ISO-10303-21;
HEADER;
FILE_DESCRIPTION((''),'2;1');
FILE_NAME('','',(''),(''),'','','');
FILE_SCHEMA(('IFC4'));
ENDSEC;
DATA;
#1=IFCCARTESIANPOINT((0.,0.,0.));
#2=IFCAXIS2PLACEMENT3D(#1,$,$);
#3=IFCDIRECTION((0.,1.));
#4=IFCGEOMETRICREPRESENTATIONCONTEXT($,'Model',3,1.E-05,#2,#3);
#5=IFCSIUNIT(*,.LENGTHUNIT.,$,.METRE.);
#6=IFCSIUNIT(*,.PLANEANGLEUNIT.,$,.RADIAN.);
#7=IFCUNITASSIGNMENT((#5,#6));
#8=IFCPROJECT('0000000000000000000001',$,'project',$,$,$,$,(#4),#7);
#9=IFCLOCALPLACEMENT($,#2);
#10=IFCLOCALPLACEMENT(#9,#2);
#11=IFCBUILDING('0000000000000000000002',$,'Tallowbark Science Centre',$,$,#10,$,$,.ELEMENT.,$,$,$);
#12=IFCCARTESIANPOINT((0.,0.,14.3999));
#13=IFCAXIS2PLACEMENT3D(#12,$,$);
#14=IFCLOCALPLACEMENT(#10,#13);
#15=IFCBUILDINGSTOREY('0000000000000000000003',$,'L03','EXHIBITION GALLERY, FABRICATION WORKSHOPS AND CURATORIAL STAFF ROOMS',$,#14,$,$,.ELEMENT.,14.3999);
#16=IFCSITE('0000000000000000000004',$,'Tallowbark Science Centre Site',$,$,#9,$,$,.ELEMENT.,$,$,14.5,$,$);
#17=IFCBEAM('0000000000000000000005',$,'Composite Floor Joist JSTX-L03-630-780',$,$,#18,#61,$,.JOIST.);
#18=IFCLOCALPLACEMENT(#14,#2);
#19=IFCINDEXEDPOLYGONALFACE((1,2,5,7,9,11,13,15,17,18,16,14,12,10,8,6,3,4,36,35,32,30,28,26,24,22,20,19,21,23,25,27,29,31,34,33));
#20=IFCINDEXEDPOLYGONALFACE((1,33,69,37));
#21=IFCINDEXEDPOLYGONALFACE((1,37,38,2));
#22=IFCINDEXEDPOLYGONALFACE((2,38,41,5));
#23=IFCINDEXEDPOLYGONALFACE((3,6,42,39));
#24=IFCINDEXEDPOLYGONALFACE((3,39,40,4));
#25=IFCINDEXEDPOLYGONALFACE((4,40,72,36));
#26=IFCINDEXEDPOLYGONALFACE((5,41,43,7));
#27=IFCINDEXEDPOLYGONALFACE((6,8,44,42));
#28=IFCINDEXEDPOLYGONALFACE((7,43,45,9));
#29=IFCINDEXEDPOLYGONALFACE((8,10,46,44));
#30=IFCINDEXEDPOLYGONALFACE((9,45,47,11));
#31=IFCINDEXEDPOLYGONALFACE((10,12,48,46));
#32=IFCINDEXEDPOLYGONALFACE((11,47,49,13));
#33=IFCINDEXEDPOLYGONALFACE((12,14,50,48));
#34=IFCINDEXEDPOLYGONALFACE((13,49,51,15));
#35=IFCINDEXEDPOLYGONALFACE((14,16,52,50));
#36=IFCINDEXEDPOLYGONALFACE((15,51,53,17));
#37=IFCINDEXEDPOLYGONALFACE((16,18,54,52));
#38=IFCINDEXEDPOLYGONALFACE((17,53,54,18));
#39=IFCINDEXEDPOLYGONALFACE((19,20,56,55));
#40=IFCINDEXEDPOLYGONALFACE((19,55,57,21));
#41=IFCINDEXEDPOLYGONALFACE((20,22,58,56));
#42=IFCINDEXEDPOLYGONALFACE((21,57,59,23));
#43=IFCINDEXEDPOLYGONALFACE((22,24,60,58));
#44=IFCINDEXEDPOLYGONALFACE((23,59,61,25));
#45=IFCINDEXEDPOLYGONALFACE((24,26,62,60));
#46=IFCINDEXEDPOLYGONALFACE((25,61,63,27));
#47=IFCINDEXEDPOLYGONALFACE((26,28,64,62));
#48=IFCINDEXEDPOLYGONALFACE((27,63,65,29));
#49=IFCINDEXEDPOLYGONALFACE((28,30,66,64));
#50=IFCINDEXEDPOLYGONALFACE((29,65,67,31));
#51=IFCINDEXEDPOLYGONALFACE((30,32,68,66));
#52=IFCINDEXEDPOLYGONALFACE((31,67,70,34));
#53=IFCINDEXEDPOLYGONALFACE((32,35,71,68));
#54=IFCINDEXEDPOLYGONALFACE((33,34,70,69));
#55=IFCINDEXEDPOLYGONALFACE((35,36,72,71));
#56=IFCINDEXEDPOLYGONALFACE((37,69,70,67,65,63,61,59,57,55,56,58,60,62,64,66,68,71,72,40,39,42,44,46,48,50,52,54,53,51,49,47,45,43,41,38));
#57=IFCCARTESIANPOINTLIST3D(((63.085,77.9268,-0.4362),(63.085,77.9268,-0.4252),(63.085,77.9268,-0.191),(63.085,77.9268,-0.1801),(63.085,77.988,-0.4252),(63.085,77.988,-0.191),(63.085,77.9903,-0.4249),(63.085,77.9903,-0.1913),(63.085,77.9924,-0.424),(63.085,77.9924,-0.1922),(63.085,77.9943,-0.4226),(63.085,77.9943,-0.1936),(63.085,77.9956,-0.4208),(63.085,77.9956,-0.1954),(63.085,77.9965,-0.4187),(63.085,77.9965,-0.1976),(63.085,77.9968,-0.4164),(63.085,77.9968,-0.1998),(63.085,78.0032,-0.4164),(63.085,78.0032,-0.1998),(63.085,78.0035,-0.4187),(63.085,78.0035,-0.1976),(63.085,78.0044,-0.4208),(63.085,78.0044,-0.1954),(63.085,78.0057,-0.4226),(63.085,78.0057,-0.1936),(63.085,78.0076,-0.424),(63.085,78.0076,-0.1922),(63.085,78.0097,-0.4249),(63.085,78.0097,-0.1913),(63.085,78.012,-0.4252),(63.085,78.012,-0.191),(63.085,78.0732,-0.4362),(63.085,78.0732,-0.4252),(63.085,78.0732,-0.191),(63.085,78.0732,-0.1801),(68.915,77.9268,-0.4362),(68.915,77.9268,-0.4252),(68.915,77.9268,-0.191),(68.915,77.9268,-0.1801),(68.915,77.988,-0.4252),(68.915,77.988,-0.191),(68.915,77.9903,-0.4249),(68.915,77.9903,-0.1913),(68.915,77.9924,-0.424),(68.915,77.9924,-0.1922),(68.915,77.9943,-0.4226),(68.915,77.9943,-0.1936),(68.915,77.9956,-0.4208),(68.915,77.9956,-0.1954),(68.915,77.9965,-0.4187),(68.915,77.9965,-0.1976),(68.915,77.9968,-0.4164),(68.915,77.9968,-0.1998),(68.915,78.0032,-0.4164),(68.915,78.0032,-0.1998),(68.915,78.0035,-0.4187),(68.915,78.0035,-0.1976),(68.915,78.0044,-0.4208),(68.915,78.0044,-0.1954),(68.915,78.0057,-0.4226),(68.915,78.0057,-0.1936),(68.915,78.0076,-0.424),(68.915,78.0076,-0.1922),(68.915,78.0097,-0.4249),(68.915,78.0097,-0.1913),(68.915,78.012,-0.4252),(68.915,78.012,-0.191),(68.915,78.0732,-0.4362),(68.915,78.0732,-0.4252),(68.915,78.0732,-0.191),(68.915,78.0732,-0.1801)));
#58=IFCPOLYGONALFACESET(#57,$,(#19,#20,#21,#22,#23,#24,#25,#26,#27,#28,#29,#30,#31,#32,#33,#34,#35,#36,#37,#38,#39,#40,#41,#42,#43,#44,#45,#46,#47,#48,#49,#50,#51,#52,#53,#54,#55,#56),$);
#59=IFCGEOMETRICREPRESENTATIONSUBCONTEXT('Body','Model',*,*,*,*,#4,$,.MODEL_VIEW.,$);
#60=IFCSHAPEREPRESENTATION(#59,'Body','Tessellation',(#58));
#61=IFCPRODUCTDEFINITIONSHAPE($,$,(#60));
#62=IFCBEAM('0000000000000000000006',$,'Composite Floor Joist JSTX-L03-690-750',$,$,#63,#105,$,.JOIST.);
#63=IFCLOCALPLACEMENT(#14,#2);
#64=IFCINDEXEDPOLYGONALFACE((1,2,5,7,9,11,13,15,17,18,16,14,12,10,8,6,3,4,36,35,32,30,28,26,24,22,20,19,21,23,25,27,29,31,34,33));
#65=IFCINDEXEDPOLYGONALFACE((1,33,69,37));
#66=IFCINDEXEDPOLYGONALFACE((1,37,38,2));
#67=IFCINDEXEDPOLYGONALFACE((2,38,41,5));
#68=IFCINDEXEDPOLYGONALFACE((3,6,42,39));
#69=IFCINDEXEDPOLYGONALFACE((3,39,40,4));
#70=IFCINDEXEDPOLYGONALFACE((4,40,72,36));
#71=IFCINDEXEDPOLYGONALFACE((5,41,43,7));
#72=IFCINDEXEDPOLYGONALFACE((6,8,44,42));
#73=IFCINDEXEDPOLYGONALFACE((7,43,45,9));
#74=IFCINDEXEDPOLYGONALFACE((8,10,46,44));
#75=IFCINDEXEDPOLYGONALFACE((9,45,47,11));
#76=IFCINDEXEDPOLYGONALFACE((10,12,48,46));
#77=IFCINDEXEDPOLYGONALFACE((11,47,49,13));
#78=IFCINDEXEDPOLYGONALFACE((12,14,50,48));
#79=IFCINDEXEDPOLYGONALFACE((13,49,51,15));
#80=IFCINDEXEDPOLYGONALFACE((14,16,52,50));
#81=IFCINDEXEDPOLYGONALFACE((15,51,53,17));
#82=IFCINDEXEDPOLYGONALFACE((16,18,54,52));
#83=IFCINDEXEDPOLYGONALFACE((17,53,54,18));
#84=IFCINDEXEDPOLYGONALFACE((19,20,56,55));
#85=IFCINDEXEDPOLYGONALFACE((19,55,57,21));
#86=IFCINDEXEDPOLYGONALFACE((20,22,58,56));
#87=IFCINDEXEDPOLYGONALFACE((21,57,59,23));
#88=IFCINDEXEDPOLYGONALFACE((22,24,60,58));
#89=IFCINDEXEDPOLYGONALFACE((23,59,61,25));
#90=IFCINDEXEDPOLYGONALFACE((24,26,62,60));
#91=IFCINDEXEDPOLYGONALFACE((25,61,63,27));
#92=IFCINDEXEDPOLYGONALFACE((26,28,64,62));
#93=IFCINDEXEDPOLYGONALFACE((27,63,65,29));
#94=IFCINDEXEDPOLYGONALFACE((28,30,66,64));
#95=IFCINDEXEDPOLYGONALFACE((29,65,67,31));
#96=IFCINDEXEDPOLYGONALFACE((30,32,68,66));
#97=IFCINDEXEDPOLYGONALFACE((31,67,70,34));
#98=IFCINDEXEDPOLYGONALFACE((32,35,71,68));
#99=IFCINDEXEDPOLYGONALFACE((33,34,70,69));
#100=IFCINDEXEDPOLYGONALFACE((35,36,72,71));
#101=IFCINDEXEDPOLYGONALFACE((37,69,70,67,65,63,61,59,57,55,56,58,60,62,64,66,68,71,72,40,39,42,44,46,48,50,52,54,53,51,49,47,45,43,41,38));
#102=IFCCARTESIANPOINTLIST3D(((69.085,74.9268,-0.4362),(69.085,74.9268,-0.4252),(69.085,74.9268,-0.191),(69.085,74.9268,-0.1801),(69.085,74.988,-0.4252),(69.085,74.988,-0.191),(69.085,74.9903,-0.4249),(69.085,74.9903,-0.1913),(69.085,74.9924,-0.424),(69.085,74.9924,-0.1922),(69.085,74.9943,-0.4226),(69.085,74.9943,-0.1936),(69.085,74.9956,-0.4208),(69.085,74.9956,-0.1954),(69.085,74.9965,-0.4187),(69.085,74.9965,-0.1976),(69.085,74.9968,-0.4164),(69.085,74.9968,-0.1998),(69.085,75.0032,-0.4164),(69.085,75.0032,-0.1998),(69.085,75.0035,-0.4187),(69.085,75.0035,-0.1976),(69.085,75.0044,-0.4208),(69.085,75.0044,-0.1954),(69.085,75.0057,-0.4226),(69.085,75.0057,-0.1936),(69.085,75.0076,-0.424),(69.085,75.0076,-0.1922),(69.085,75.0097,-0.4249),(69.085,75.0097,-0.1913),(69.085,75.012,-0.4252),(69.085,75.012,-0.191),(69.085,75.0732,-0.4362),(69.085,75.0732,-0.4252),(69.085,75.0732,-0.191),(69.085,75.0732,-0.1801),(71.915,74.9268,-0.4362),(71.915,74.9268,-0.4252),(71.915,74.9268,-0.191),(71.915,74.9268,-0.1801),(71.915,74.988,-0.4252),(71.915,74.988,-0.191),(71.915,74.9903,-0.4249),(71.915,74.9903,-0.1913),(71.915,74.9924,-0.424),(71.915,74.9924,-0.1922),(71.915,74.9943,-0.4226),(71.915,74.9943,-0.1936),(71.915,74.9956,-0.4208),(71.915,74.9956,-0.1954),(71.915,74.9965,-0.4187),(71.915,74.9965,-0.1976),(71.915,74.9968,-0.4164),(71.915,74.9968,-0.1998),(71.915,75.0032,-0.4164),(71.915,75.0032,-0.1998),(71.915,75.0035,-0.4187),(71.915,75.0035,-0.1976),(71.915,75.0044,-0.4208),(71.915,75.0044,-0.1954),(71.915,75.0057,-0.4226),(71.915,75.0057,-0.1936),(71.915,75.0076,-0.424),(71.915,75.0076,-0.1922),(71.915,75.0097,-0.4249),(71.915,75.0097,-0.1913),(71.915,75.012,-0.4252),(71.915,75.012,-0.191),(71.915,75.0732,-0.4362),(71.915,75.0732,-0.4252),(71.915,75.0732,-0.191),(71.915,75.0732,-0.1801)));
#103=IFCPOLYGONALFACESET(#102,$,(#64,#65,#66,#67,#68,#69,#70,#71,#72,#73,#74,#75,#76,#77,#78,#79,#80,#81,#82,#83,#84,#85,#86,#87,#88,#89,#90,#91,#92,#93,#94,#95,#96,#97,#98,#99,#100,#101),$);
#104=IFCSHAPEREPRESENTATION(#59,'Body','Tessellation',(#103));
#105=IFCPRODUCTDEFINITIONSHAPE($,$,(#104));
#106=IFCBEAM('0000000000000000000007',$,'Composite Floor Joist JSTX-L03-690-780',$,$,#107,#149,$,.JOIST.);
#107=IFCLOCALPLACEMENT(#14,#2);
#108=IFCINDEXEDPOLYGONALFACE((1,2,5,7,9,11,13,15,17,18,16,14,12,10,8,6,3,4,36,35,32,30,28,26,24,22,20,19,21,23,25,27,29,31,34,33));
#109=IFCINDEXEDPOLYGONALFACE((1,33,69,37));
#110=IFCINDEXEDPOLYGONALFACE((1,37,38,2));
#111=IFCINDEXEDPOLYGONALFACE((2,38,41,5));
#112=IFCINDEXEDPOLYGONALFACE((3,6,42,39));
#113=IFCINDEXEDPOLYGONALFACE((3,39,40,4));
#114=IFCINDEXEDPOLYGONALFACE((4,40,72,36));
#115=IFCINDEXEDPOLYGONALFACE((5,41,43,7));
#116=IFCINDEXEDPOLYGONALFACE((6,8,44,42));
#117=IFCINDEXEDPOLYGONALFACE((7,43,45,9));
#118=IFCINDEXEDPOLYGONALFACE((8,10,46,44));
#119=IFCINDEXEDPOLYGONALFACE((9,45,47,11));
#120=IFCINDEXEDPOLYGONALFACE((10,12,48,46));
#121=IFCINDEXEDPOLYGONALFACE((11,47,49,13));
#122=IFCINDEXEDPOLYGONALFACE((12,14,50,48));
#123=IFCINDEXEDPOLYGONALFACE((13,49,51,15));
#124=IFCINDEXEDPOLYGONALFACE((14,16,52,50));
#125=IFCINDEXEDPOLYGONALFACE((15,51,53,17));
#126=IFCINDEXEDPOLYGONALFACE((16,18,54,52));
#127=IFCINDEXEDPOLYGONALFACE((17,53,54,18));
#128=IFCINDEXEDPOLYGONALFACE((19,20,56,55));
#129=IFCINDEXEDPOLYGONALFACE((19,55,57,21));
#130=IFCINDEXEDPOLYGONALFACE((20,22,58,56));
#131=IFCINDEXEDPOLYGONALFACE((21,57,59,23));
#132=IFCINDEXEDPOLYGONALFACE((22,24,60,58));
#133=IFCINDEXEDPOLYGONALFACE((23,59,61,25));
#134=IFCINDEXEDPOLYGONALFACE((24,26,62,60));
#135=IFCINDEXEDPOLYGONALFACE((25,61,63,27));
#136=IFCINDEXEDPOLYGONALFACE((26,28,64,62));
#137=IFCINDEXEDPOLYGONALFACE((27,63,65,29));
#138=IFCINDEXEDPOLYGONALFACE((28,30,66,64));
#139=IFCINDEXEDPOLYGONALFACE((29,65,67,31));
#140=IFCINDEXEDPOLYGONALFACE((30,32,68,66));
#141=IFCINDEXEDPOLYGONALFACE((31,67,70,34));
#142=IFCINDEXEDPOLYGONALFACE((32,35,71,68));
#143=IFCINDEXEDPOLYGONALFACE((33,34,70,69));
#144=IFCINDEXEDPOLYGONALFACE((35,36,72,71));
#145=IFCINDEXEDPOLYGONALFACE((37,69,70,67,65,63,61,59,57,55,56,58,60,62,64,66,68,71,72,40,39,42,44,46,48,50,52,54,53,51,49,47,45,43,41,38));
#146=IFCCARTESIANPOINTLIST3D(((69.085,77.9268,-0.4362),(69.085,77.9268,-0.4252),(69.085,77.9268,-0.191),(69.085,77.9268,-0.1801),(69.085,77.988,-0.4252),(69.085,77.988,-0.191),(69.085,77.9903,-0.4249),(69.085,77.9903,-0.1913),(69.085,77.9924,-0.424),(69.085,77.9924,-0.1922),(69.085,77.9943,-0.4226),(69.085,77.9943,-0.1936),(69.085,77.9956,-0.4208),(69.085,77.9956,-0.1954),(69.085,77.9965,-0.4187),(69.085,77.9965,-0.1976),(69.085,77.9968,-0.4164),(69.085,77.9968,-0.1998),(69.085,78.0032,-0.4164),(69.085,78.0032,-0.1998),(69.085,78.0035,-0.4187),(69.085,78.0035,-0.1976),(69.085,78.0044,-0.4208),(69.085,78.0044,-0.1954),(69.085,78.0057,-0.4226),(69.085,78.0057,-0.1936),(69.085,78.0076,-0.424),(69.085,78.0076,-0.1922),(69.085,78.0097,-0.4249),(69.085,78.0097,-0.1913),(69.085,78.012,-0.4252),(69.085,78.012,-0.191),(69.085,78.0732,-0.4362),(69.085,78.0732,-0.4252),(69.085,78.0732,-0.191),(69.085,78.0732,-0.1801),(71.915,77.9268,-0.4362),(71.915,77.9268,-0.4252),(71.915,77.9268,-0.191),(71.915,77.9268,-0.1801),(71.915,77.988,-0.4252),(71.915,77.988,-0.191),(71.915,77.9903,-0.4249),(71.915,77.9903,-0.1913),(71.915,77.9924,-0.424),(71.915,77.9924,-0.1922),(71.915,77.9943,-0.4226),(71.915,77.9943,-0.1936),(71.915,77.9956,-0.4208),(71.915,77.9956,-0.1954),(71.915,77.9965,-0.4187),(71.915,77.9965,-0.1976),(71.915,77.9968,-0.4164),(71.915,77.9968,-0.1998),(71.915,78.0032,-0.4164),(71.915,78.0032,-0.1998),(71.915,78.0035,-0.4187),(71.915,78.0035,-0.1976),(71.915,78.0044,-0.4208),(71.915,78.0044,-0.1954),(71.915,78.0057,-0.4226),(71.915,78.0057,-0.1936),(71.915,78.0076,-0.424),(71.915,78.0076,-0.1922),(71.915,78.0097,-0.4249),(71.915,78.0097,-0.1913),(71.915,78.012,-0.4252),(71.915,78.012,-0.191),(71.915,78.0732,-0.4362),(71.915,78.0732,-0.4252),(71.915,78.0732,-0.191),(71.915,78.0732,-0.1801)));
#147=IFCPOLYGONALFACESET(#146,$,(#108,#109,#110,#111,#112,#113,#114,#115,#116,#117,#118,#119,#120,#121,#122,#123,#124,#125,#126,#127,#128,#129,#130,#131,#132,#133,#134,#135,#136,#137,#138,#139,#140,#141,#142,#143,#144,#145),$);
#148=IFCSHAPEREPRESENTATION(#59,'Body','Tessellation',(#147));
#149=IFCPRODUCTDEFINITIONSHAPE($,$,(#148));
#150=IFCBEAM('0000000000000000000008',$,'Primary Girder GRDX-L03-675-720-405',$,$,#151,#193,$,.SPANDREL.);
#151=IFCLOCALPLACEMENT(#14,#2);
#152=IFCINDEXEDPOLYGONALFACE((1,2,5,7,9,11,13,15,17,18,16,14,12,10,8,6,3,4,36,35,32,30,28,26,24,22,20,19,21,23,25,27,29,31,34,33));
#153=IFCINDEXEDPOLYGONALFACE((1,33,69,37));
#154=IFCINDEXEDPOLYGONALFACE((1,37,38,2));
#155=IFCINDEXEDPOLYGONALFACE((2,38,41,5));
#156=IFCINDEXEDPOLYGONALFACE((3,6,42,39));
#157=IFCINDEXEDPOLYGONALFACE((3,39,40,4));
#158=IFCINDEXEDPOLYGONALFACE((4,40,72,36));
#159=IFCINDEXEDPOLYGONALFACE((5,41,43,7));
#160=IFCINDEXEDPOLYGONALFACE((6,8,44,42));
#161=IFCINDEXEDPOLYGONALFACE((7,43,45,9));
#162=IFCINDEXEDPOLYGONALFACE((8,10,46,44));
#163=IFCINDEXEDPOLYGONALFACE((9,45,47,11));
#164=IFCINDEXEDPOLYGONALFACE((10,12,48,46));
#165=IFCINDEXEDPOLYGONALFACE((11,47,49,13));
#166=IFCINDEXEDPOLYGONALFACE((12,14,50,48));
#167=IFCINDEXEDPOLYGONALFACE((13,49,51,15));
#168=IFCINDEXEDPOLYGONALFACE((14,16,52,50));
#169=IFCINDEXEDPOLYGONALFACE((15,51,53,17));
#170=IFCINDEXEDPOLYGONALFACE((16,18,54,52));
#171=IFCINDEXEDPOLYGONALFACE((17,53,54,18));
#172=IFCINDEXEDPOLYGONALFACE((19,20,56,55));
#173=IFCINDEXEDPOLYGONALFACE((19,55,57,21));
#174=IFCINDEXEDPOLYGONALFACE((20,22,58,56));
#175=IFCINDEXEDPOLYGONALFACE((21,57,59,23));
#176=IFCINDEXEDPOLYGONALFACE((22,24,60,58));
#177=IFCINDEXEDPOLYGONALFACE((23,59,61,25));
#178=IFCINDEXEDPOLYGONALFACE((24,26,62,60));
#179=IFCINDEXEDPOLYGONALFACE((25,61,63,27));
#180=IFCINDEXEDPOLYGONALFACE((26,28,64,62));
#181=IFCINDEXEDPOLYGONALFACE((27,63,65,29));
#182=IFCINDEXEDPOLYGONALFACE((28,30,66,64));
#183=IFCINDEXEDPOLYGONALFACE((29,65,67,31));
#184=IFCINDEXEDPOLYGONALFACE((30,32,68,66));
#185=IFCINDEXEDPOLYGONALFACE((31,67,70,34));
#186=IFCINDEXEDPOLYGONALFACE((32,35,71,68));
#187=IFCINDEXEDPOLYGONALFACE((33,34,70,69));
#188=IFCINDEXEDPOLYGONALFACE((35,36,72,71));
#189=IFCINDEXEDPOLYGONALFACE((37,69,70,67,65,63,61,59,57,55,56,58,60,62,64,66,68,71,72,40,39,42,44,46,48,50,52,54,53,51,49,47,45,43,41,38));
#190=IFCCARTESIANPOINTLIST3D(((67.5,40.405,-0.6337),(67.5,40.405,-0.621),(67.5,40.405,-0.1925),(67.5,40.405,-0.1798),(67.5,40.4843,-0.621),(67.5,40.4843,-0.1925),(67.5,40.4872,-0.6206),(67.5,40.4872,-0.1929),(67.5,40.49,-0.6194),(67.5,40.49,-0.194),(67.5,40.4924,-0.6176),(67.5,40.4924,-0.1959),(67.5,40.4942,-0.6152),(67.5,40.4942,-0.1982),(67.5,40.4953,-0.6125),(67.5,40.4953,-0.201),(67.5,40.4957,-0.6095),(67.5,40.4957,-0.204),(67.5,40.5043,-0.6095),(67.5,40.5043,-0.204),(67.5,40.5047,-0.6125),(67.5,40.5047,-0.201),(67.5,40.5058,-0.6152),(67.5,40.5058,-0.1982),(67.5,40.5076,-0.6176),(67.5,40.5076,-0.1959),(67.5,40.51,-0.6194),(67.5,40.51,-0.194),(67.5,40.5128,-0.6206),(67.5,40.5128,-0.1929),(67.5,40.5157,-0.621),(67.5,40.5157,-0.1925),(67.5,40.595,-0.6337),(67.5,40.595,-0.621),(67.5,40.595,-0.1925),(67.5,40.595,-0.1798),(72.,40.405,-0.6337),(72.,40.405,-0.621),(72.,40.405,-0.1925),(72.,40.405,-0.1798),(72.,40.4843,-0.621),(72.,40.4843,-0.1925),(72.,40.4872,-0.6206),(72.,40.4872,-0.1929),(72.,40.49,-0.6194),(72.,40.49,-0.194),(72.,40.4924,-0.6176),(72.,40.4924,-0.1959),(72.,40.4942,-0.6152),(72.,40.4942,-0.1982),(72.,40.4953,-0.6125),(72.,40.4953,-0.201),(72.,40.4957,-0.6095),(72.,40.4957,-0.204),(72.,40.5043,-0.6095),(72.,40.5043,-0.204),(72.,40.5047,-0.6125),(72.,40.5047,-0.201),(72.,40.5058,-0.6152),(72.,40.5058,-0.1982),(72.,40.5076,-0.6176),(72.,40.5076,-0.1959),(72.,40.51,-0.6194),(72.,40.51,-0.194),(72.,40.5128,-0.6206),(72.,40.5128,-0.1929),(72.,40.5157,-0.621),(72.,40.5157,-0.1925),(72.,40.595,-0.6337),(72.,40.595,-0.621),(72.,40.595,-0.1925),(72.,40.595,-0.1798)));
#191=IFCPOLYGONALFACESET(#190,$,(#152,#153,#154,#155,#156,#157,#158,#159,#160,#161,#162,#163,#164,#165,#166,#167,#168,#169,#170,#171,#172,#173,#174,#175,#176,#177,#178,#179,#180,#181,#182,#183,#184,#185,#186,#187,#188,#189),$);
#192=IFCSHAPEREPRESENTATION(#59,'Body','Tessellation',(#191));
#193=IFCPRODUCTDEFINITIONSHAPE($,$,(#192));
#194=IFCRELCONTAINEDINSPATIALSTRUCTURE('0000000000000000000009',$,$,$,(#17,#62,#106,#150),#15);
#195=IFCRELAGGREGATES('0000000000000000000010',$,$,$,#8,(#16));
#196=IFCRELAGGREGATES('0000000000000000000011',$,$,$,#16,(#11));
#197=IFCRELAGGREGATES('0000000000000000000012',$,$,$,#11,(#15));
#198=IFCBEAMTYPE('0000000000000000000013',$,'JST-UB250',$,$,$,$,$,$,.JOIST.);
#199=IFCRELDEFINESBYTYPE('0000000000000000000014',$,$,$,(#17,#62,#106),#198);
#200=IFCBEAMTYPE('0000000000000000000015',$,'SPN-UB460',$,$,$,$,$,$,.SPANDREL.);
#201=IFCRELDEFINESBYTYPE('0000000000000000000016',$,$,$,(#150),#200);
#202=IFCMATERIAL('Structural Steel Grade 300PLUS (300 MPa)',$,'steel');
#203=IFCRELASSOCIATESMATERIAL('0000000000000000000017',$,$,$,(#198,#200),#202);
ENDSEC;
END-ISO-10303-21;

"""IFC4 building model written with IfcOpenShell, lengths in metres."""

from ifc_helpers import new_model, si_unit, direction, frame, origin, origin_2d, place, context, subcontext, project, spatial, i_section, extrude, material, material_profile, profile_set, type_object, element, save


model = new_model("IFC4")

# Units and contexts
model_context = context("Model", 3, precision=1e-05, world=origin(), true_north=direction((0.0, 1.0)))
body_context = subcontext(model_context, "Body", "Model", "MODEL_VIEW")
ifc_project = project(units=[si_unit("LENGTHUNIT", "METRE"), si_unit("PLANEANGLEUNIT", "RADIAN")], contexts=[model_context])

# Site, building, storey
site_placement = place(None, origin())
site = spatial("IfcSite", under=ifc_project, at=site_placement, Name="Tallowbark Science Centre Site", CompositionType="ELEMENT", RefElevation=14.5)
building_placement = place(site_placement, origin())
building = spatial("IfcBuilding", under=site, at=building_placement, Name="Tallowbark Science Centre", CompositionType="ELEMENT")
storey_placement = place(building_placement, frame((0.0, 0.0, 14.3999)))
storey = spatial("IfcBuildingStorey", under=building, at=storey_placement, Name="L03", Description="EXHIBITION GALLERY, FABRICATION WORKSHOPS AND CURATORIAL STAFF ROOMS", CompositionType="ELEMENT", Elevation=14.3999)

# Shared definitions
ifc_material_1 = material(Name="Structural Steel Grade 300PLUS (300 MPa)", Category="steel")

# Beams
ifc_material_profile_1 = material_profile(ifc_material_1, i_section(OverallWidth=0.1465, OverallDepth=0.2561, WebThickness=0.0063, FlangeThickness=0.011, FilletRadius=0.0088, at=origin_2d()), Name="250UB37.3")
ifc_profile_set_1 = profile_set([ifc_material_profile_1], Name="Structural Steel Grade 300PLUS (300 MPa)")
beam_type_1 = type_object("IfcBeamType", Name="JST-UB250", PredefinedType="JOIST", material=ifc_profile_set_1)
beam_1_placement = place(storey_placement, frame((63.085, 78.0, -0.3081), z_axis=(1.0, 0.0, 0.0), x_axis=(0.0, 1.0, 0.0)))
element("IfcBeam", 1, at=beam_1_placement, inside=storey, type_object=beam_type_1, Name="Composite Floor Joist JSTX-L03-630-780", PredefinedType="JOIST", context=body_context, shape_type="SweptSolid", body=[
    extrude(i_section(OverallWidth=0.1465, OverallDepth=0.2561, WebThickness=0.0063, FlangeThickness=0.011, FilletRadius=0.0088, at=origin_2d()), origin(), (0.0, 0.0, 1.0), 5.8301),
])
for number, where, z_axis, x_axis, name in (
    (2, (69.085, 75.0, -0.3081), (1.0, 0.0, 0.0), (0.0, 1.0, 0.0), "Composite Floor Joist JSTX-L03-690-750"),
    (3, (69.085, 78.0, -0.3081), (1.0, 0.0, 0.0), (0.0, 1.0, 0.0), "Composite Floor Joist JSTX-L03-690-780"),
):
    element("IfcBeam", number, at=place(storey_placement, frame(where, z_axis=z_axis, x_axis=x_axis)), inside=storey, type_object=beam_type_1, Name=name, PredefinedType="JOIST", context=body_context, shape_type="SweptSolid", body=[
        extrude(i_section(OverallWidth=0.1465, OverallDepth=0.2561, WebThickness=0.0063, FlangeThickness=0.011, FilletRadius=0.0088, at=origin_2d()), origin(), (0.0, 0.0, 1.0), 2.8301),
    ])
ifc_material_profile_2 = material_profile(ifc_material_1, i_section(OverallWidth=0.1899, OverallDepth=0.4539, WebThickness=0.0085, FlangeThickness=0.0127, FilletRadius=0.0115, at=origin_2d()), Name="460UB67.1")
ifc_profile_set_2 = profile_set([ifc_material_profile_2], Name="Structural Steel Grade 300PLUS (300 MPa)")
beam_type_2 = type_object("IfcBeamType", Name="SPN-UB460", PredefinedType="SPANDREL", material=ifc_profile_set_2)
for number, where, z_axis, x_axis, name in (
    (4, (67.5, 40.5, -0.4067), (1.0, 0.0, 0.0), (0.0, 1.0, 0.0), "Primary Girder GRDX-L03-675-720-405"),
):
    element("IfcBeam", number, at=place(storey_placement, frame(where, z_axis=z_axis, x_axis=x_axis)), inside=storey, type_object=beam_type_2, Name=name, PredefinedType="SPANDREL", context=body_context, shape_type="SweptSolid", body=[
        extrude(i_section(OverallWidth=0.1899, OverallDepth=0.4539, WebThickness=0.0085, FlangeThickness=0.0127, FilletRadius=0.0115, at=origin_2d()), origin(), (0.0, 0.0, 1.0), 4.5),
    ])

save(model, "model.ifc")
